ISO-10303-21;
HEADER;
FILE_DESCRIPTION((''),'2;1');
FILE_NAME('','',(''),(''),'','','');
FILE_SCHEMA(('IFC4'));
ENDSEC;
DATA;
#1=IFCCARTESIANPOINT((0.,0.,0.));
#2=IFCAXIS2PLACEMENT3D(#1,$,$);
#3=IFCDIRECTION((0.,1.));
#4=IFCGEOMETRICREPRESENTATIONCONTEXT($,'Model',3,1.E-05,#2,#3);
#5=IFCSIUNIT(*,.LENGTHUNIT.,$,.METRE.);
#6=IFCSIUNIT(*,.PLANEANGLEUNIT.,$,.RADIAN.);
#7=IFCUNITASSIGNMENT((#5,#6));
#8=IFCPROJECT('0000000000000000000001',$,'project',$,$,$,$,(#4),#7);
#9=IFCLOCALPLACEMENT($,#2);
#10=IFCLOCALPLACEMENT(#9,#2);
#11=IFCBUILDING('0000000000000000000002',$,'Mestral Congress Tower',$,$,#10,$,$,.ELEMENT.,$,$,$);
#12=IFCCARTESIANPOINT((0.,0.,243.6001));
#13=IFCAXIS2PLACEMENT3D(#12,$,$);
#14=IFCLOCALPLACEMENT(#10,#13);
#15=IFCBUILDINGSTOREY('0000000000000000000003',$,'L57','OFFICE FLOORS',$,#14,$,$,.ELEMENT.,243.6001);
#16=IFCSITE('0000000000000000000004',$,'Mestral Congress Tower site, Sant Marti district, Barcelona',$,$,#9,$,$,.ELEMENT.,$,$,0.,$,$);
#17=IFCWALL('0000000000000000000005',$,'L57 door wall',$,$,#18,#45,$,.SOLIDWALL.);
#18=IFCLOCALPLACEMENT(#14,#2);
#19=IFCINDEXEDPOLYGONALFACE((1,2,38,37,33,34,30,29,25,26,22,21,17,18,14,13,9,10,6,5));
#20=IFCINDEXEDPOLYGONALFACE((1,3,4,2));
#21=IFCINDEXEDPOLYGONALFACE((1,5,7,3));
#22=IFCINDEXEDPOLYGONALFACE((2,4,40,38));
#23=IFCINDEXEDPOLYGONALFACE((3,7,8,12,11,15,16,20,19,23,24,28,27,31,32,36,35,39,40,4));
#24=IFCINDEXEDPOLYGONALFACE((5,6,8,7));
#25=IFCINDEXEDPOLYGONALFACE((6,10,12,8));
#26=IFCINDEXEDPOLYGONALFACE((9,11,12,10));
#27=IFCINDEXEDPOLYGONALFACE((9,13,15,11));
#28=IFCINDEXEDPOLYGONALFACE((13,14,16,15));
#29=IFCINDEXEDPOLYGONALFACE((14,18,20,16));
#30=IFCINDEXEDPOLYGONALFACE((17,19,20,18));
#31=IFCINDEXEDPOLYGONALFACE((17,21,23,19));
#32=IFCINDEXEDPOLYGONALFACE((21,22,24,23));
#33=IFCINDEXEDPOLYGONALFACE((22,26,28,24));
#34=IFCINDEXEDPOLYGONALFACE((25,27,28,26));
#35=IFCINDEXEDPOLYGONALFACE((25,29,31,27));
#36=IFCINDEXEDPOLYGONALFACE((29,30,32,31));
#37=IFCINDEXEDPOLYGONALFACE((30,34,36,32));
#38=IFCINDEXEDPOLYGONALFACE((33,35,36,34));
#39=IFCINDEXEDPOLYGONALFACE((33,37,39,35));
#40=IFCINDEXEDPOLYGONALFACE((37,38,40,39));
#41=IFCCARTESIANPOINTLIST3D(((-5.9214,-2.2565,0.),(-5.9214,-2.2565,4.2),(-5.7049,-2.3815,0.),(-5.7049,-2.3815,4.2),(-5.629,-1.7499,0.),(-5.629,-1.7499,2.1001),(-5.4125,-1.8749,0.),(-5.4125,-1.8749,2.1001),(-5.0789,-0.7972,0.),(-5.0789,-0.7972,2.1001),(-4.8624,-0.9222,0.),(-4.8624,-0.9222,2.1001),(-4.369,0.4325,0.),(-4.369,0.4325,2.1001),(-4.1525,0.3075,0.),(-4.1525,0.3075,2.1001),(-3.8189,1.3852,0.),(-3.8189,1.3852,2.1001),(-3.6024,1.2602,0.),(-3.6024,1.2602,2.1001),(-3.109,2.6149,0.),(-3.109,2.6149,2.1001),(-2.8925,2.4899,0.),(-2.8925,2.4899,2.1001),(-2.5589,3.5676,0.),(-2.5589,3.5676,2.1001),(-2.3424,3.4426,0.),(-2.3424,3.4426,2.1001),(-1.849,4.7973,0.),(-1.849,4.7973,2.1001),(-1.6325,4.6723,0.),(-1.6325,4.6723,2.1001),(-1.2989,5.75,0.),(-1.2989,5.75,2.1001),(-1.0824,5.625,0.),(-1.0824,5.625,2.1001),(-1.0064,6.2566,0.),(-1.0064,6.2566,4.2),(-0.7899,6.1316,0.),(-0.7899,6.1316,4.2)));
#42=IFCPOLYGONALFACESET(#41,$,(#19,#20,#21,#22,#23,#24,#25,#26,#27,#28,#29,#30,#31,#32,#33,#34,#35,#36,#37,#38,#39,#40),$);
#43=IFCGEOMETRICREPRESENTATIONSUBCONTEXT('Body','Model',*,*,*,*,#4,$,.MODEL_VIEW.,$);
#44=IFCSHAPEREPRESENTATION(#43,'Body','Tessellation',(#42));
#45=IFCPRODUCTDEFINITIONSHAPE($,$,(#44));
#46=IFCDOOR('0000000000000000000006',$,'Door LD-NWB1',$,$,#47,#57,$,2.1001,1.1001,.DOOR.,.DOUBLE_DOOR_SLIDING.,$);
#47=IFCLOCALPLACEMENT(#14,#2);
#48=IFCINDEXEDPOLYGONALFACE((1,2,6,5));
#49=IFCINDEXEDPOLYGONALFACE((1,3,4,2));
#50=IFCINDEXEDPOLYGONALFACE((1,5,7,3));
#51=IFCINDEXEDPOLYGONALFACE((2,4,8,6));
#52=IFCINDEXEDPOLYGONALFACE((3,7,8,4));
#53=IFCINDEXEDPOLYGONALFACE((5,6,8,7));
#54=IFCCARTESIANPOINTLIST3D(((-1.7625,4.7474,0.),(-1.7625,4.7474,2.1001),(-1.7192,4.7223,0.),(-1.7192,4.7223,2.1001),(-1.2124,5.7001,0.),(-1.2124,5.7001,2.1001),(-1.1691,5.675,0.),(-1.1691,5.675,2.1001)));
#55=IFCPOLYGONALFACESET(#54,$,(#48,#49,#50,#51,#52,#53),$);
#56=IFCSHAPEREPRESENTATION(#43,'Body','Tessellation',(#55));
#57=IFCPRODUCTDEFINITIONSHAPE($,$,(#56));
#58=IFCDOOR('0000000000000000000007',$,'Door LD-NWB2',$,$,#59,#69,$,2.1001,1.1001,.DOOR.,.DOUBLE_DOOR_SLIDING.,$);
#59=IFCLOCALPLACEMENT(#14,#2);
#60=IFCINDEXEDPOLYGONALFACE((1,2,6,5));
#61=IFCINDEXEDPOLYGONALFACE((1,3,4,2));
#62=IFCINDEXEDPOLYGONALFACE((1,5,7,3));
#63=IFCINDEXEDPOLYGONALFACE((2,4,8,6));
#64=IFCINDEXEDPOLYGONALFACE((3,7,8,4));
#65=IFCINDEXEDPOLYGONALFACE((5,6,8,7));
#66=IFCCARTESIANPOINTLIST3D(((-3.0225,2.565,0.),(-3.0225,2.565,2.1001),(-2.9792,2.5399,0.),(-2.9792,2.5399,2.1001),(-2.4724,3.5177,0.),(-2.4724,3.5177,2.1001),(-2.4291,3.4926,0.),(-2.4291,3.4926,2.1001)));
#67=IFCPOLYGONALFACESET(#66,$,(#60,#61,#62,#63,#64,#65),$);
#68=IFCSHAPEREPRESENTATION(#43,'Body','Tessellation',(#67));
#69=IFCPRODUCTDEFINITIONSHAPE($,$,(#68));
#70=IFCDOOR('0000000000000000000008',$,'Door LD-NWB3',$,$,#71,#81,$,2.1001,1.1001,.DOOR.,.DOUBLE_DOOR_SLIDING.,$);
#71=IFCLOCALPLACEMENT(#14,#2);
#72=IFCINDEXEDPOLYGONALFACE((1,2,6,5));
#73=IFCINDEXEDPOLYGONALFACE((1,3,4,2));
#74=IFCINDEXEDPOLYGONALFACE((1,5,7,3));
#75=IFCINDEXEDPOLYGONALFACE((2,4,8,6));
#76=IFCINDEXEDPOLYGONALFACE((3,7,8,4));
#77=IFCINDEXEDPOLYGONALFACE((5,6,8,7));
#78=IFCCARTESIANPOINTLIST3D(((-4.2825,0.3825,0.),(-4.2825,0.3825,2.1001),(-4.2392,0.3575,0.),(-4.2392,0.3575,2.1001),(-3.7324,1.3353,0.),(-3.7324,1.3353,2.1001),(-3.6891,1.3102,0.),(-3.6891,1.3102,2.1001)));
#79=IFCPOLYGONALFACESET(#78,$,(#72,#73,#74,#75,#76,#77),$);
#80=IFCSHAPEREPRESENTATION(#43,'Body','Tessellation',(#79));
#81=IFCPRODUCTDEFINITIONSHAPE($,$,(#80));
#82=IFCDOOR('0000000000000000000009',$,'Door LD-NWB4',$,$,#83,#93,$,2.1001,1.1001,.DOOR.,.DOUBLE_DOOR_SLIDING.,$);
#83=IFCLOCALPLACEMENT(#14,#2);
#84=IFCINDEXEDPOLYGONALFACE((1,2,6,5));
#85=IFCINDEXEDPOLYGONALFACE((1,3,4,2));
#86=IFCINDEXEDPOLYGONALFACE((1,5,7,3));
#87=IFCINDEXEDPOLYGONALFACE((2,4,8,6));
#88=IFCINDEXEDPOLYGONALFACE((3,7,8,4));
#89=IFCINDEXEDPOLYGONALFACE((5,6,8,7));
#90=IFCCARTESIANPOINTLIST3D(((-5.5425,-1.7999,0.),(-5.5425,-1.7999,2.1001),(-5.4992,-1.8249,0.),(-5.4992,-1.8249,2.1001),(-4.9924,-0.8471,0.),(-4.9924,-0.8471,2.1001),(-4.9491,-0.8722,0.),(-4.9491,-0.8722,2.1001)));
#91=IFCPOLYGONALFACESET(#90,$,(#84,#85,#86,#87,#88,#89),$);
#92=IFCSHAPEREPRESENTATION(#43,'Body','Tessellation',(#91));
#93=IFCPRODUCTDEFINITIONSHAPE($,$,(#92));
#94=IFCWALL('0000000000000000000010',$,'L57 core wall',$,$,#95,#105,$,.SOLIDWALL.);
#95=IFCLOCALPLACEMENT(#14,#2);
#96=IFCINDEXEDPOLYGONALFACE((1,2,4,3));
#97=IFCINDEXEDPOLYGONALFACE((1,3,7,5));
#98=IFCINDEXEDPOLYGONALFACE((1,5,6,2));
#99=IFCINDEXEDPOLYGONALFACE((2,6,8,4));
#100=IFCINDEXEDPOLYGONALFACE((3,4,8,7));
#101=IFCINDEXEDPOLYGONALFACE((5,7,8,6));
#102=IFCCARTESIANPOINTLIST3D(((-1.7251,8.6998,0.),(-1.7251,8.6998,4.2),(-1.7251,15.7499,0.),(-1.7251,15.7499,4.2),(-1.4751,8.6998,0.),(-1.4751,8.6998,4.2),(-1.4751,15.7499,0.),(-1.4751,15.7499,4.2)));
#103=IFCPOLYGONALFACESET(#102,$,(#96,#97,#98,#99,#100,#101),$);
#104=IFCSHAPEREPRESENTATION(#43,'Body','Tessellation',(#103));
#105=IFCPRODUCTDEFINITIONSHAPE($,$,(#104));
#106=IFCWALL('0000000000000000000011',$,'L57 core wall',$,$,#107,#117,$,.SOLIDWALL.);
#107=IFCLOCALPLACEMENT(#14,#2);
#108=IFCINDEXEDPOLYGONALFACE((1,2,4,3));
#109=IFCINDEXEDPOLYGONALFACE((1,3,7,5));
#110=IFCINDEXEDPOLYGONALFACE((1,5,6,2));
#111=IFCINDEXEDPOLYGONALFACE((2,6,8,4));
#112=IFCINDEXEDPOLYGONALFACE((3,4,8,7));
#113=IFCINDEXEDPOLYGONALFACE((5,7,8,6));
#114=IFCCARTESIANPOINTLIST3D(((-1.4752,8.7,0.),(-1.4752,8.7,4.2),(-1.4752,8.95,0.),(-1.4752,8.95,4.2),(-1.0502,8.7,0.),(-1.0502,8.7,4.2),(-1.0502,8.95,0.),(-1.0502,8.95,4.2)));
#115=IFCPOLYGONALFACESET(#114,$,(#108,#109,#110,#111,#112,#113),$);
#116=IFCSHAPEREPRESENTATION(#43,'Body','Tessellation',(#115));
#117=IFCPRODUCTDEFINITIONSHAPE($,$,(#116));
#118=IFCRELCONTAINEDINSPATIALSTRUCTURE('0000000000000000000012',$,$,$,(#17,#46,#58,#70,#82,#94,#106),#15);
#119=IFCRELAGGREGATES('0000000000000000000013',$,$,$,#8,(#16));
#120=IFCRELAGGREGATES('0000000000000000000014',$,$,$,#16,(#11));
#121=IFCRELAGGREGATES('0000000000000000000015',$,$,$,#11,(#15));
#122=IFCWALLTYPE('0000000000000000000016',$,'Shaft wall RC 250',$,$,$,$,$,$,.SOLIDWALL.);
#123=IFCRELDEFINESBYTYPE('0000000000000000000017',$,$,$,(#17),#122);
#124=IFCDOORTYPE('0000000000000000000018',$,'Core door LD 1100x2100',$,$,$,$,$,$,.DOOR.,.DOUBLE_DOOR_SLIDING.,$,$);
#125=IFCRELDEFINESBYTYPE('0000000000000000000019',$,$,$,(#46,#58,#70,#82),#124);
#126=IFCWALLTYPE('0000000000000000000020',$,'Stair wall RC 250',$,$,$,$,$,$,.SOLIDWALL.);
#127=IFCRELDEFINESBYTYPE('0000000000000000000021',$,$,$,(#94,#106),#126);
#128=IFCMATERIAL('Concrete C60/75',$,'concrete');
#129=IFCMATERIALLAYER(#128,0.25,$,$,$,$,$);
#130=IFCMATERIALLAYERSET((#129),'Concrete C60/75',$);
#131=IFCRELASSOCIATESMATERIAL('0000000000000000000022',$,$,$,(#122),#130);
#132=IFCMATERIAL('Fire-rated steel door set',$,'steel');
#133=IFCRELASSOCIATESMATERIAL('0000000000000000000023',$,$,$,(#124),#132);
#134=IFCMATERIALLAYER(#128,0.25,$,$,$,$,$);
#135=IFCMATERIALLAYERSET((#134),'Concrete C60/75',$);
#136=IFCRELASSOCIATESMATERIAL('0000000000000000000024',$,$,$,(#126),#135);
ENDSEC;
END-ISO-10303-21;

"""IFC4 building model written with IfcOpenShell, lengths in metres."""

from ifc_helpers import new_model, si_unit, direction, frame, frame_2d, origin, place, context, subcontext, project, spatial, rectangle, extrude, material, layer, layer_set, type_object, element, fill, save


model = new_model("IFC4")

# Units and contexts
model_context = context("Model", 3, precision=1e-05, world=origin(), true_north=direction((0.0, 1.0)))
body_context = subcontext(model_context, "Body", "Model", "MODEL_VIEW")
ifc_project = project(units=[si_unit("LENGTHUNIT", "METRE"), si_unit("PLANEANGLEUNIT", "RADIAN")], contexts=[model_context])

# Site, building, storey
site_placement = place(None, origin())
site = spatial("IfcSite", under=ifc_project, at=site_placement, Name="Mestral Congress Tower site, Sant Marti district, Barcelona", CompositionType="ELEMENT", RefElevation=0.0)
building_placement = place(site_placement, origin())
building = spatial("IfcBuilding", under=site, at=building_placement, Name="Mestral Congress Tower", CompositionType="ELEMENT")
storey_placement = place(building_placement, frame((0.0, 0.0, 243.6001)))
storey = spatial("IfcBuildingStorey", under=building, at=storey_placement, Name="L57", Description="OFFICE FLOORS", CompositionType="ELEMENT", Elevation=243.6001)

# Shared definitions
ifc_material_1 = material(Name="Concrete C60/75", Category="concrete")

# Shared definitions
ifc_material_2 = material(Name="Fire-rated steel door set", Category="steel")

# Shared definitions
ifc_layer_1 = layer(ifc_material_1, 0.25)
ifc_layer_set_1 = layer_set([ifc_layer_1], Name="Concrete C60/75")
wall_type_1 = type_object("IfcWallType", Name="Shaft wall RC 250", PredefinedType="SOLIDWALL", material=ifc_layer_set_1)

# Wall, openings, doors
wall_1_placement = place(storey_placement, frame((-0.8982, 6.1941, 0.0), z_axis=(0.0, 0.0, 1.0), x_axis=(-0.499996, -0.866028, 0.0)))
wall_1 = element("IfcWall", 1, at=wall_1_placement, inside=storey, type_object=wall_type_1, Name="L57 door wall", PredefinedType="SOLIDWALL", context=body_context, shape_type="SweptSolid", body=[
    extrude(rectangle(XDim=9.8301, YDim=0.25, at=frame_2d((4.915, 0.0))), origin(), (0.0, 0.0, 1.0), 4.2),
])
opening_1_placement = place(wall_1_placement, frame((0.585, 0.0, 0.0)))
opening_1 = element("IfcOpeningElement", 2, at=opening_1_placement, cuts=wall_1, PredefinedType="OPENING", context=body_context, shape_type="SweptSolid", body=[
    extrude(rectangle(XDim=1.1001, YDim=2.1001, at=frame_2d((0.55, 1.05))), frame((0.0, 0.135, 0.0), z_axis=(0.0, -1.0, 0.0), x_axis=(1.0, 0.0, 0.0)), (0.0, 0.0, 1.0), 0.27),
])
opening_2_placement = place(wall_1_placement, frame((3.105, 0.0, 0.0)))
opening_2 = element("IfcOpeningElement", 3, at=opening_2_placement, cuts=wall_1, PredefinedType="OPENING", context=body_context, shape_type="SweptSolid", body=[
    extrude(rectangle(XDim=1.1001, YDim=2.1001, at=frame_2d((0.55, 1.05))), frame((0.0, 0.135, 0.0), z_axis=(0.0, -1.0, 0.0), x_axis=(1.0, 0.0, 0.0)), (0.0, 0.0, 1.0), 0.27),
])
opening_3_placement = place(wall_1_placement, frame((5.625, 0.0, 0.0)))
opening_3 = element("IfcOpeningElement", 4, at=opening_3_placement, cuts=wall_1, PredefinedType="OPENING", context=body_context, shape_type="SweptSolid", body=[
    extrude(rectangle(XDim=1.1001, YDim=2.1001, at=frame_2d((0.55, 1.05))), frame((0.0, 0.135, 0.0), z_axis=(0.0, -1.0, 0.0), x_axis=(1.0, 0.0, 0.0)), (0.0, 0.0, 1.0), 0.27),
])
opening_4_placement = place(wall_1_placement, frame((8.145, 0.0, 0.0)))
opening_4 = element("IfcOpeningElement", 5, at=opening_4_placement, cuts=wall_1, PredefinedType="OPENING", context=body_context, shape_type="SweptSolid", body=[
    extrude(rectangle(XDim=1.1001, YDim=2.1001, at=frame_2d((0.55, 1.05))), frame((0.0, 0.135, 0.0), z_axis=(0.0, -1.0, 0.0), x_axis=(1.0, 0.0, 0.0)), (0.0, 0.0, 1.0), 0.27),
])
door_type_1 = type_object("IfcDoorType", Name="Core door LD 1100x2100", OperationType="DOUBLE_DOOR_SLIDING", PredefinedType="DOOR", material=ifc_material_2)
door_1_placement = place(opening_1_placement, origin())
door_1 = element("IfcDoor", 6, at=door_1_placement, inside=storey, type_object=door_type_1, Name="Door LD-NWB1", OperationType="DOUBLE_DOOR_SLIDING", OverallHeight=2.1001, OverallWidth=1.1001, PredefinedType="DOOR", context=body_context, shape_type="SweptSolid", body=[
    extrude(rectangle(XDim=1.1001, YDim=2.1001, at=frame_2d((0.55, 1.05))), frame((0.0, 0.0249, 0.0), z_axis=(0.0, -1.0, 0.0), x_axis=(1.0, 0.0, 0.0)), (0.0, 0.0, 1.0), 0.05),
])
fill(opening_1, door_1)
door_2_placement = place(opening_2_placement, origin())
door_2 = element("IfcDoor", 7, at=door_2_placement, inside=storey, type_object=door_type_1, Name="Door LD-NWB2", OperationType="DOUBLE_DOOR_SLIDING", OverallHeight=2.1001, OverallWidth=1.1001, PredefinedType="DOOR", context=body_context, shape_type="SweptSolid", body=[
    extrude(rectangle(XDim=1.1001, YDim=2.1001, at=frame_2d((0.55, 1.05))), frame((0.0, 0.0249, 0.0), z_axis=(0.0, -1.0, 0.0), x_axis=(1.0, 0.0, 0.0)), (0.0, 0.0, 1.0), 0.05),
])
fill(opening_2, door_2)
door_3_placement = place(opening_3_placement, origin())
door_3 = element("IfcDoor", 8, at=door_3_placement, inside=storey, type_object=door_type_1, Name="Door LD-NWB3", OperationType="DOUBLE_DOOR_SLIDING", OverallHeight=2.1001, OverallWidth=1.1001, PredefinedType="DOOR", context=body_context, shape_type="SweptSolid", body=[
    extrude(rectangle(XDim=1.1001, YDim=2.1001, at=frame_2d((0.55, 1.05))), frame((0.0, 0.0249, 0.0), z_axis=(0.0, -1.0, 0.0), x_axis=(1.0, 0.0, 0.0)), (0.0, 0.0, 1.0), 0.05),
])
fill(opening_3, door_3)
door_4_placement = place(opening_4_placement, origin())
door_4 = element("IfcDoor", 9, at=door_4_placement, inside=storey, type_object=door_type_1, Name="Door LD-NWB4", OperationType="DOUBLE_DOOR_SLIDING", OverallHeight=2.1001, OverallWidth=1.1001, PredefinedType="DOOR", context=body_context, shape_type="SweptSolid", body=[
    extrude(rectangle(XDim=1.1001, YDim=2.1001, at=frame_2d((0.55, 1.05))), frame((0.0, 0.0249, 0.0), z_axis=(0.0, -1.0, 0.0), x_axis=(1.0, 0.0, 0.0)), (0.0, 0.0, 1.0), 0.05),
])
fill(opening_4, door_4)

# Walls
ifc_layer_2 = layer(ifc_material_1, 0.25)
ifc_layer_set_2 = layer_set([ifc_layer_2], Name="Concrete C60/75")
wall_type_2 = type_object("IfcWallType", Name="Stair wall RC 250", PredefinedType="SOLIDWALL", material=ifc_layer_set_2)
wall_2_placement = place(storey_placement, frame((-1.6001, 8.7, 0.0), z_axis=(0.0, 0.0, 1.0), x_axis=(0.0, 1.0, 0.0)))
element("IfcWall", 10, at=wall_2_placement, inside=storey, type_object=wall_type_2, Name="L57 core wall", PredefinedType="SOLIDWALL", context=body_context, shape_type="SweptSolid", body=[
    extrude(rectangle(XDim=7.05, YDim=0.25, at=frame_2d((3.5249, 0.0))), origin(), (0.0, 0.0, 1.0), 4.2),
])
wall_3_placement = place(storey_placement, frame((-1.4751, 8.825, 0.0), z_axis=(0.0, 0.0, 1.0), x_axis=(1.0, 0.0, 0.0)))
element("IfcWall", 11, at=wall_3_placement, inside=storey, type_object=wall_type_2, Name="L57 core wall", PredefinedType="SOLIDWALL", context=body_context, shape_type="SweptSolid", body=[
    extrude(rectangle(XDim=0.425, YDim=0.25, at=frame_2d((0.2124, 0.0))), origin(), (0.0, 0.0, 1.0), 4.2),
])

save(model, "model.ifc")
